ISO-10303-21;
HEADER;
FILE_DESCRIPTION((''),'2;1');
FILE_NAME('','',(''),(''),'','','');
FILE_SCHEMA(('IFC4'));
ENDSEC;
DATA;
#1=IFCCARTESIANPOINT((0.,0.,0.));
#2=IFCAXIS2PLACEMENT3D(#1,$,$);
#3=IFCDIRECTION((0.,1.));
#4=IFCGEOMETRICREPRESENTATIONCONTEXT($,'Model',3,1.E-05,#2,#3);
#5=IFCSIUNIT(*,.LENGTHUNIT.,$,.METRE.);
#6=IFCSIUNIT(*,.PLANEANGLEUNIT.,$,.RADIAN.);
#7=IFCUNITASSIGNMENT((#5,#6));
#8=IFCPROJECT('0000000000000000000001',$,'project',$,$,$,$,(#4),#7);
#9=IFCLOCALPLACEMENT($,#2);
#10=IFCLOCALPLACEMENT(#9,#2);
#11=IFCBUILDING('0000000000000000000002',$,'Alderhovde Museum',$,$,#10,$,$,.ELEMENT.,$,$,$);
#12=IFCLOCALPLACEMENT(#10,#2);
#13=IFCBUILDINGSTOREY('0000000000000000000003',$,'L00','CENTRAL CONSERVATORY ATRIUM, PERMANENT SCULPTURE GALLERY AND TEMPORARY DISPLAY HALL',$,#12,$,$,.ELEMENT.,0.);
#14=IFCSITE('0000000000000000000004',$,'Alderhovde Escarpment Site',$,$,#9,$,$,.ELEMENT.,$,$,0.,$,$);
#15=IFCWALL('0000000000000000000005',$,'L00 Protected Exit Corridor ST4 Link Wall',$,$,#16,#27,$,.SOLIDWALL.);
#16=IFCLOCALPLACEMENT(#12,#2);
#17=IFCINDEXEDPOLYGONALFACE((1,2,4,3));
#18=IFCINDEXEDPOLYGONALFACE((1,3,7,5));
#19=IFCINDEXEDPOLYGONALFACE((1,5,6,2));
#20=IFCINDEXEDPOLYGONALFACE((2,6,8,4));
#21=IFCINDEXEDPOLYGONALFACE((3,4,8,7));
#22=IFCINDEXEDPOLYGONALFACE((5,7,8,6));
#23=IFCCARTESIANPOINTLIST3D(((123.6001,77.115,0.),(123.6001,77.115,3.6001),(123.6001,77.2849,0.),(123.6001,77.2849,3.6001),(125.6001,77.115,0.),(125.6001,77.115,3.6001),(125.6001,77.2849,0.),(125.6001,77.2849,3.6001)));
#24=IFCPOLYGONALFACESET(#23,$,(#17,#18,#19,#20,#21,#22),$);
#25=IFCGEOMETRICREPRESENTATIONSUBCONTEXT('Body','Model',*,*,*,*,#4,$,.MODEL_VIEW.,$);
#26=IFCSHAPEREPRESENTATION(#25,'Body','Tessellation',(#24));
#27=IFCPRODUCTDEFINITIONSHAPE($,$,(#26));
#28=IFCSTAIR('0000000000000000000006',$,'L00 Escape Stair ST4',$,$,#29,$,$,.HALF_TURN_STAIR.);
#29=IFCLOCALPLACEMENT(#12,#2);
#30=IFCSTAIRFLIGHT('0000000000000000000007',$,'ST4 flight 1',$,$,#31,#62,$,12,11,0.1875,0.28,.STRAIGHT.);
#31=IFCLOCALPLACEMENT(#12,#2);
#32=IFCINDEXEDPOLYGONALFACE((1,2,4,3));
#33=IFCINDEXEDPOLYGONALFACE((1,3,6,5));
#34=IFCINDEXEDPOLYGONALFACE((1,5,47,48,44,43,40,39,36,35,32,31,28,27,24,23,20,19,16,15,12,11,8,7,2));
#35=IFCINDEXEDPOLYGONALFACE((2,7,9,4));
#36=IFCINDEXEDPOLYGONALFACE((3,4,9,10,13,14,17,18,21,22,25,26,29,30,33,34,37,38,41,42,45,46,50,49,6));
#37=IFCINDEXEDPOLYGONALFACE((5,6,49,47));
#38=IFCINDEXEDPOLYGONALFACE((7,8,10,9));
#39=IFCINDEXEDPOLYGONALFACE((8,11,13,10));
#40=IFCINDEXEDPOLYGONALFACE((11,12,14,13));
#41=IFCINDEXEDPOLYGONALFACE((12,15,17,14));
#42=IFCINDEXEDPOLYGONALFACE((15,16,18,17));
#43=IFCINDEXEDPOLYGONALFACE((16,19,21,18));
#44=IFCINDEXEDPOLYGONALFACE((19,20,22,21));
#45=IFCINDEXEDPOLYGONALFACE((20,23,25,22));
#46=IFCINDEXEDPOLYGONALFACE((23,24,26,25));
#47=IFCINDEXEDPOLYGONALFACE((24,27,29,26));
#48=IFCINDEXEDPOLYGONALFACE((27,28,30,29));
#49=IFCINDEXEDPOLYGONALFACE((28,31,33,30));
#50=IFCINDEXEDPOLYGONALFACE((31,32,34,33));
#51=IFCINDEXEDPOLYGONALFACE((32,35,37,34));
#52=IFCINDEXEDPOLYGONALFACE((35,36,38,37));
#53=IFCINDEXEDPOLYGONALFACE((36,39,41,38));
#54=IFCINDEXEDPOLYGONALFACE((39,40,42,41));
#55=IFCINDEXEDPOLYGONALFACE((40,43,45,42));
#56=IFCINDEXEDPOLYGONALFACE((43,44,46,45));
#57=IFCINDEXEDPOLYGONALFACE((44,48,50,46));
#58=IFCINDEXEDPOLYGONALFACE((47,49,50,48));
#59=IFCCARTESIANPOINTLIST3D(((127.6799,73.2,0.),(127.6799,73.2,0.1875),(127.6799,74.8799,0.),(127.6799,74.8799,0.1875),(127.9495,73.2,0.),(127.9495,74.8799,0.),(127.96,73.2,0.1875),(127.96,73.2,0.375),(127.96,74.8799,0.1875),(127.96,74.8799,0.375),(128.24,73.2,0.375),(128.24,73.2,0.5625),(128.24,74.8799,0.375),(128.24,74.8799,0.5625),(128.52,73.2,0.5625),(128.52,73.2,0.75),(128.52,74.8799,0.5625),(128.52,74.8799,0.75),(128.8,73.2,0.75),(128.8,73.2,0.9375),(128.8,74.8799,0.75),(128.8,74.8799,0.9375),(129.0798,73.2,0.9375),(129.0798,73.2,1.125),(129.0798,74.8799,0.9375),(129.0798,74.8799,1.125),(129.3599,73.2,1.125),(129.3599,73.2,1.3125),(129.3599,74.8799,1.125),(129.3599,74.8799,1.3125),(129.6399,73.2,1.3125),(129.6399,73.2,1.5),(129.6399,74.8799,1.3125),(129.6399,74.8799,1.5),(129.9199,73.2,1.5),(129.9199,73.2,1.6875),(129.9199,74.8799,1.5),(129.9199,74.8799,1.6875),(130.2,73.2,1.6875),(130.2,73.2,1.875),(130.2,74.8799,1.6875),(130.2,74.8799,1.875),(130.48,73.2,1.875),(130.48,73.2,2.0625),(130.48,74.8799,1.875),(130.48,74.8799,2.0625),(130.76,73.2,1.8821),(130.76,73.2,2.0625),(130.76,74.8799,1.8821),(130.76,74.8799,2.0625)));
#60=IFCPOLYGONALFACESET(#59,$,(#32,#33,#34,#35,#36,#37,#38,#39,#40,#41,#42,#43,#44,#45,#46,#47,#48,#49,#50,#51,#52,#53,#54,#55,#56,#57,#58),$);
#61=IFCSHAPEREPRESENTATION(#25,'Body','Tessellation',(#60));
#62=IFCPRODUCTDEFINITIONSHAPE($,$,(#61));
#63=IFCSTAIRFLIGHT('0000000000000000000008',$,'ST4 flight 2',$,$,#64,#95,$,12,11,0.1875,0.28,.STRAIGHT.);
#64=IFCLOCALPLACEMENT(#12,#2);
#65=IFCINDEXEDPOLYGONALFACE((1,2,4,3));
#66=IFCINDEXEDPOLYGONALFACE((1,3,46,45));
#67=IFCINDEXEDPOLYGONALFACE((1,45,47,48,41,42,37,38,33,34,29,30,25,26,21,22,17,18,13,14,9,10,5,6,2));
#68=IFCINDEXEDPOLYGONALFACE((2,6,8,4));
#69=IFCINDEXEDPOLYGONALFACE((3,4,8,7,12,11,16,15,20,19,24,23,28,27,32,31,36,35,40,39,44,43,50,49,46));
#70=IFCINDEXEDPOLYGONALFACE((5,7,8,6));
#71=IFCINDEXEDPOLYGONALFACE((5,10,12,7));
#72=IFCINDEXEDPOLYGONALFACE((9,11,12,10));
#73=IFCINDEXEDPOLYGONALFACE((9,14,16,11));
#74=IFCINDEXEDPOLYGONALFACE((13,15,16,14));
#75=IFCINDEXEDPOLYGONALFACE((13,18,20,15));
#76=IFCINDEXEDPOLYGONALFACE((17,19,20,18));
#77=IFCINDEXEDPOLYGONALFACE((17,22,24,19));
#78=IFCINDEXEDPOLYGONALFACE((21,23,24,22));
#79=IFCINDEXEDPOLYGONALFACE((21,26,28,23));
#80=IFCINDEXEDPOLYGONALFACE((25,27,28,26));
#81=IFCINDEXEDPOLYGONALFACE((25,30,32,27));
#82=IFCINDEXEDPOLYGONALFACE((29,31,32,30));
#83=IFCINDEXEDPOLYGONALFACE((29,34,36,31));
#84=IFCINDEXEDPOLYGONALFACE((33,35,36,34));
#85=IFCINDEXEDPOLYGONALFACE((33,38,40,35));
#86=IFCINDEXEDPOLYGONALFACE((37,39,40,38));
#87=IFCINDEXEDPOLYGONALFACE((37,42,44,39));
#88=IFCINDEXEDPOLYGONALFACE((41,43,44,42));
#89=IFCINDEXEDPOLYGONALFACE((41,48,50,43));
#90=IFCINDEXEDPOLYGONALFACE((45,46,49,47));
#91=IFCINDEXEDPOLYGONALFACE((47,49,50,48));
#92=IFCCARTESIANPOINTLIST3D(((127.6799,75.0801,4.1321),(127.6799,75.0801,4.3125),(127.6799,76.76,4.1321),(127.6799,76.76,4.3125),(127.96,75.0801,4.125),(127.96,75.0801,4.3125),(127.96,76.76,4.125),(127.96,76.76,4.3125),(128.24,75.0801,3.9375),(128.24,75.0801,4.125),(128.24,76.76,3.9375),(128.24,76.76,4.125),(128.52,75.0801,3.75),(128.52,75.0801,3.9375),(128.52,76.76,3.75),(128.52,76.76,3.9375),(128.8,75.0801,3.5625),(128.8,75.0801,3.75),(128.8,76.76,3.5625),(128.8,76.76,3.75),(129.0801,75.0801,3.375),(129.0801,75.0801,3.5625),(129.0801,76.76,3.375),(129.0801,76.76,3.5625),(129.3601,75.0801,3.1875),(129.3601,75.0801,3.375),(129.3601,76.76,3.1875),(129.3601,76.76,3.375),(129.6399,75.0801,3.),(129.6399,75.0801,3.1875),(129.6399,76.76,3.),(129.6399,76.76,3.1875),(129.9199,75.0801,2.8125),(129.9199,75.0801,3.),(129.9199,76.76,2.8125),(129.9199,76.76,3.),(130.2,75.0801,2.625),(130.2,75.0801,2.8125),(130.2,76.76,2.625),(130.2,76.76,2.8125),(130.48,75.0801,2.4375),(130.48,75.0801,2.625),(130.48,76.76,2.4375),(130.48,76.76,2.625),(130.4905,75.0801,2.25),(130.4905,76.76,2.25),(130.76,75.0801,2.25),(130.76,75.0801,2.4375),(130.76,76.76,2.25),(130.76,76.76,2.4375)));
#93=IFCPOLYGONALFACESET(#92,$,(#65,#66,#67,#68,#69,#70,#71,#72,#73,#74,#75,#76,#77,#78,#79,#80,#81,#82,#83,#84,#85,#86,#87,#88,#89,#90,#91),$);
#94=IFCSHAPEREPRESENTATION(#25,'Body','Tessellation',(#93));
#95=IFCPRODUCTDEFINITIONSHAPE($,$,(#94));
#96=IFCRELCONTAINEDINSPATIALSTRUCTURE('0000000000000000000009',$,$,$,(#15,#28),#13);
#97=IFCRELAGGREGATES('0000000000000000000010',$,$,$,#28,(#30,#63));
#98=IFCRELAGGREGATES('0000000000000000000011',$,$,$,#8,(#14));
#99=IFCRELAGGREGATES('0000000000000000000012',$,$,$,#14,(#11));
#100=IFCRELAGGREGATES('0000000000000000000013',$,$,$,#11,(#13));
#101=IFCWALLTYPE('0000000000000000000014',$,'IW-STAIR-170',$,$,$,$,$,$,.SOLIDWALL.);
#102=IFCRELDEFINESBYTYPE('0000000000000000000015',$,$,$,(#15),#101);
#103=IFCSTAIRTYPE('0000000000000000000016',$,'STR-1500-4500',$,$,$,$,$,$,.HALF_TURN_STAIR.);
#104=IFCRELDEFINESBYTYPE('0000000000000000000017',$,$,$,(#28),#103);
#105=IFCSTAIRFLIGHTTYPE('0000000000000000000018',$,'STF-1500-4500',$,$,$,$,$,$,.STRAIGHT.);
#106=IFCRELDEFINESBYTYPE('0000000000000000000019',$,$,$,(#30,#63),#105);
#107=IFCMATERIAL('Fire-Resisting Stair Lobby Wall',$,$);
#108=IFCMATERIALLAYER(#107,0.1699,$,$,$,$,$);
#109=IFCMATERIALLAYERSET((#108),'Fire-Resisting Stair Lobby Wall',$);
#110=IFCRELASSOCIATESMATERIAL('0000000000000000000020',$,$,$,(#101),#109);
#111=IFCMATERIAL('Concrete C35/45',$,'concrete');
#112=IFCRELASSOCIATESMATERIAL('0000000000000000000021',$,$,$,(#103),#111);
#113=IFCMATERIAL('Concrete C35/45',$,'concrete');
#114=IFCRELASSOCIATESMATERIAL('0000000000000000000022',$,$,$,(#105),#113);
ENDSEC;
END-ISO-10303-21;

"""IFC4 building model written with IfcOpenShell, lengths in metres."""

from ifc_helpers import new_model, si_unit, direction, frame, frame_2d, origin, place, context, subcontext, project, spatial, polyline, rectangle, outline, extrude, material, layer, layer_set, type_object, element, aggregate, save


model = new_model("IFC4")

# Units and contexts
model_context = context("Model", 3, precision=1e-05, world=origin(), true_north=direction((0.0, 1.0)))
body_context = subcontext(model_context, "Body", "Model", "MODEL_VIEW")
ifc_project = project(units=[si_unit("LENGTHUNIT", "METRE"), si_unit("PLANEANGLEUNIT", "RADIAN")], contexts=[model_context])

# Site, building, storey
site_placement = place(None, origin())
site = spatial("IfcSite", under=ifc_project, at=site_placement, Name="Alderhovde Escarpment Site", CompositionType="ELEMENT", RefElevation=0.0)
building_placement = place(site_placement, origin())
building = spatial("IfcBuilding", under=site, at=building_placement, Name="Alderhovde Museum", CompositionType="ELEMENT")
storey_placement = place(building_placement, origin())
storey = spatial("IfcBuildingStorey", under=building, at=storey_placement, Name="L00", Description="CENTRAL CONSERVATORY ATRIUM, PERMANENT SCULPTURE GALLERY AND TEMPORARY DISPLAY HALL", CompositionType="ELEMENT", Elevation=0.0)

# Wall
ifc_material_1 = material(Name="Fire-Resisting Stair Lobby Wall")
ifc_layer_1 = layer(ifc_material_1, 0.1699)
ifc_layer_set_1 = layer_set([ifc_layer_1], Name="Fire-Resisting Stair Lobby Wall")
wall_type_1 = type_object("IfcWallType", Name="IW-STAIR-170", PredefinedType="SOLIDWALL", material=ifc_layer_set_1)
wall_1_placement = place(storey_placement, frame((123.6001, 77.2, 0.0), z_axis=(0.0, 0.0, 1.0), x_axis=(1.0, 0.0, 0.0)))
element("IfcWall", 1, at=wall_1_placement, inside=storey, type_object=wall_type_1, Name="L00 Protected Exit Corridor ST4 Link Wall", PredefinedType="SOLIDWALL", context=body_context, shape_type="SweptSolid", body=[
    extrude(rectangle(XDim=2.0, YDim=0.1699, at=frame_2d((1.0, 0.0))), origin(), (0.0, 0.0, 1.0), 3.6001),
])

# Stair, stair flights
ifc_material_2 = material(Name="Concrete C35/45", Category="concrete")
stair_type = type_object("IfcStairType", Name="STR-1500-4500", PredefinedType="HALF_TURN_STAIR", material=ifc_material_2)
stair_placement = place(storey_placement, origin())
stair = element("IfcStair", 2, at=stair_placement, inside=storey, type_object=stair_type, Name="L00 Escape Stair ST4", PredefinedType="HALF_TURN_STAIR")
ifc_material_3 = material(Name="Concrete C35/45", Category="concrete")
stair_flight_type = type_object("IfcStairFlightType", Name="STF-1500-4500", PredefinedType="STRAIGHT", material=ifc_material_3)
stair_flight_1_placement = place(storey_placement, frame((127.6799, 74.04, 0.0), z_axis=(0.0, 0.0, 1.0), x_axis=(1.0, 0.0, 0.0)))
stair_flight_1 = element("IfcStairFlight", 3, at=stair_flight_1_placement, type_object=stair_flight_type, Name="ST4 flight 1", NumberOfRisers=12, NumberOfTreads=11, PredefinedType="STRAIGHT", RiserHeight=0.1875, TreadLength=0.28, context=body_context, shape_type="SweptSolid", body=[
    extrude(outline(polyline([(0.0, 0.0), (0.0, 0.1875), (0.28, 0.1875), (0.28, 0.375), (0.5601, 0.375), (0.5601, 0.5625), (0.8401, 0.5625), (0.8401, 0.75), (1.1201, 0.75), (1.1201, 0.9375), (1.3999, 0.9375), (1.3999, 1.125), (1.6799, 1.125), (1.6799, 1.3125), (1.96, 1.3125), (1.96, 1.5), (2.24, 1.5), (2.24, 1.6875), (2.52, 1.6875), (2.52, 1.875), (2.8, 1.875), (2.8, 2.0625), (3.0801, 2.0625), (3.0801, 2.25), (3.0801, 1.8821), (0.2695, 0.0), (0.0, 0.0)])), frame((0.0, 0.8398, 0.0), z_axis=(0.0, -1.0, 0.0), x_axis=(1.0, 0.0, 0.0)), (0.0, 0.0, 1.0), 1.6799),
])
stair_flight_2_placement = place(storey_placement, frame((130.76, 75.9199, 2.25), z_axis=(0.0, 0.0, 1.0), x_axis=(-1.0, 0.0, 0.0)))
stair_flight_2 = element("IfcStairFlight", 4, at=stair_flight_2_placement, type_object=stair_flight_type, Name="ST4 flight 2", NumberOfRisers=12, NumberOfTreads=11, PredefinedType="STRAIGHT", RiserHeight=0.1875, TreadLength=0.28, context=body_context, shape_type="SweptSolid", body=[
    extrude(outline(polyline([(0.0, 0.0), (0.0, 0.1875), (0.28, 0.1875), (0.28, 0.375), (0.5601, 0.375), (0.5601, 0.5625), (0.8401, 0.5625), (0.8401, 0.75), (1.1201, 0.75), (1.1201, 0.9375), (1.3999, 0.9375), (1.3999, 1.125), (1.6799, 1.125), (1.6799, 1.3125), (1.96, 1.3125), (1.96, 1.5), (2.24, 1.5), (2.24, 1.6875), (2.52, 1.6875), (2.52, 1.875), (2.8, 1.875), (2.8, 2.0625), (3.0801, 2.0625), (3.0801, 2.25), (3.0801, 1.8821), (0.2695, 0.0), (0.0, 0.0)])), frame((0.0, 0.8398, 0.0), z_axis=(0.0, -1.0, 0.0), x_axis=(1.0, 0.0, 0.0)), (0.0, 0.0, 1.0), 1.6799),
])
aggregate(stair, [stair_flight_1, stair_flight_2])

save(model, "model.ifc")
